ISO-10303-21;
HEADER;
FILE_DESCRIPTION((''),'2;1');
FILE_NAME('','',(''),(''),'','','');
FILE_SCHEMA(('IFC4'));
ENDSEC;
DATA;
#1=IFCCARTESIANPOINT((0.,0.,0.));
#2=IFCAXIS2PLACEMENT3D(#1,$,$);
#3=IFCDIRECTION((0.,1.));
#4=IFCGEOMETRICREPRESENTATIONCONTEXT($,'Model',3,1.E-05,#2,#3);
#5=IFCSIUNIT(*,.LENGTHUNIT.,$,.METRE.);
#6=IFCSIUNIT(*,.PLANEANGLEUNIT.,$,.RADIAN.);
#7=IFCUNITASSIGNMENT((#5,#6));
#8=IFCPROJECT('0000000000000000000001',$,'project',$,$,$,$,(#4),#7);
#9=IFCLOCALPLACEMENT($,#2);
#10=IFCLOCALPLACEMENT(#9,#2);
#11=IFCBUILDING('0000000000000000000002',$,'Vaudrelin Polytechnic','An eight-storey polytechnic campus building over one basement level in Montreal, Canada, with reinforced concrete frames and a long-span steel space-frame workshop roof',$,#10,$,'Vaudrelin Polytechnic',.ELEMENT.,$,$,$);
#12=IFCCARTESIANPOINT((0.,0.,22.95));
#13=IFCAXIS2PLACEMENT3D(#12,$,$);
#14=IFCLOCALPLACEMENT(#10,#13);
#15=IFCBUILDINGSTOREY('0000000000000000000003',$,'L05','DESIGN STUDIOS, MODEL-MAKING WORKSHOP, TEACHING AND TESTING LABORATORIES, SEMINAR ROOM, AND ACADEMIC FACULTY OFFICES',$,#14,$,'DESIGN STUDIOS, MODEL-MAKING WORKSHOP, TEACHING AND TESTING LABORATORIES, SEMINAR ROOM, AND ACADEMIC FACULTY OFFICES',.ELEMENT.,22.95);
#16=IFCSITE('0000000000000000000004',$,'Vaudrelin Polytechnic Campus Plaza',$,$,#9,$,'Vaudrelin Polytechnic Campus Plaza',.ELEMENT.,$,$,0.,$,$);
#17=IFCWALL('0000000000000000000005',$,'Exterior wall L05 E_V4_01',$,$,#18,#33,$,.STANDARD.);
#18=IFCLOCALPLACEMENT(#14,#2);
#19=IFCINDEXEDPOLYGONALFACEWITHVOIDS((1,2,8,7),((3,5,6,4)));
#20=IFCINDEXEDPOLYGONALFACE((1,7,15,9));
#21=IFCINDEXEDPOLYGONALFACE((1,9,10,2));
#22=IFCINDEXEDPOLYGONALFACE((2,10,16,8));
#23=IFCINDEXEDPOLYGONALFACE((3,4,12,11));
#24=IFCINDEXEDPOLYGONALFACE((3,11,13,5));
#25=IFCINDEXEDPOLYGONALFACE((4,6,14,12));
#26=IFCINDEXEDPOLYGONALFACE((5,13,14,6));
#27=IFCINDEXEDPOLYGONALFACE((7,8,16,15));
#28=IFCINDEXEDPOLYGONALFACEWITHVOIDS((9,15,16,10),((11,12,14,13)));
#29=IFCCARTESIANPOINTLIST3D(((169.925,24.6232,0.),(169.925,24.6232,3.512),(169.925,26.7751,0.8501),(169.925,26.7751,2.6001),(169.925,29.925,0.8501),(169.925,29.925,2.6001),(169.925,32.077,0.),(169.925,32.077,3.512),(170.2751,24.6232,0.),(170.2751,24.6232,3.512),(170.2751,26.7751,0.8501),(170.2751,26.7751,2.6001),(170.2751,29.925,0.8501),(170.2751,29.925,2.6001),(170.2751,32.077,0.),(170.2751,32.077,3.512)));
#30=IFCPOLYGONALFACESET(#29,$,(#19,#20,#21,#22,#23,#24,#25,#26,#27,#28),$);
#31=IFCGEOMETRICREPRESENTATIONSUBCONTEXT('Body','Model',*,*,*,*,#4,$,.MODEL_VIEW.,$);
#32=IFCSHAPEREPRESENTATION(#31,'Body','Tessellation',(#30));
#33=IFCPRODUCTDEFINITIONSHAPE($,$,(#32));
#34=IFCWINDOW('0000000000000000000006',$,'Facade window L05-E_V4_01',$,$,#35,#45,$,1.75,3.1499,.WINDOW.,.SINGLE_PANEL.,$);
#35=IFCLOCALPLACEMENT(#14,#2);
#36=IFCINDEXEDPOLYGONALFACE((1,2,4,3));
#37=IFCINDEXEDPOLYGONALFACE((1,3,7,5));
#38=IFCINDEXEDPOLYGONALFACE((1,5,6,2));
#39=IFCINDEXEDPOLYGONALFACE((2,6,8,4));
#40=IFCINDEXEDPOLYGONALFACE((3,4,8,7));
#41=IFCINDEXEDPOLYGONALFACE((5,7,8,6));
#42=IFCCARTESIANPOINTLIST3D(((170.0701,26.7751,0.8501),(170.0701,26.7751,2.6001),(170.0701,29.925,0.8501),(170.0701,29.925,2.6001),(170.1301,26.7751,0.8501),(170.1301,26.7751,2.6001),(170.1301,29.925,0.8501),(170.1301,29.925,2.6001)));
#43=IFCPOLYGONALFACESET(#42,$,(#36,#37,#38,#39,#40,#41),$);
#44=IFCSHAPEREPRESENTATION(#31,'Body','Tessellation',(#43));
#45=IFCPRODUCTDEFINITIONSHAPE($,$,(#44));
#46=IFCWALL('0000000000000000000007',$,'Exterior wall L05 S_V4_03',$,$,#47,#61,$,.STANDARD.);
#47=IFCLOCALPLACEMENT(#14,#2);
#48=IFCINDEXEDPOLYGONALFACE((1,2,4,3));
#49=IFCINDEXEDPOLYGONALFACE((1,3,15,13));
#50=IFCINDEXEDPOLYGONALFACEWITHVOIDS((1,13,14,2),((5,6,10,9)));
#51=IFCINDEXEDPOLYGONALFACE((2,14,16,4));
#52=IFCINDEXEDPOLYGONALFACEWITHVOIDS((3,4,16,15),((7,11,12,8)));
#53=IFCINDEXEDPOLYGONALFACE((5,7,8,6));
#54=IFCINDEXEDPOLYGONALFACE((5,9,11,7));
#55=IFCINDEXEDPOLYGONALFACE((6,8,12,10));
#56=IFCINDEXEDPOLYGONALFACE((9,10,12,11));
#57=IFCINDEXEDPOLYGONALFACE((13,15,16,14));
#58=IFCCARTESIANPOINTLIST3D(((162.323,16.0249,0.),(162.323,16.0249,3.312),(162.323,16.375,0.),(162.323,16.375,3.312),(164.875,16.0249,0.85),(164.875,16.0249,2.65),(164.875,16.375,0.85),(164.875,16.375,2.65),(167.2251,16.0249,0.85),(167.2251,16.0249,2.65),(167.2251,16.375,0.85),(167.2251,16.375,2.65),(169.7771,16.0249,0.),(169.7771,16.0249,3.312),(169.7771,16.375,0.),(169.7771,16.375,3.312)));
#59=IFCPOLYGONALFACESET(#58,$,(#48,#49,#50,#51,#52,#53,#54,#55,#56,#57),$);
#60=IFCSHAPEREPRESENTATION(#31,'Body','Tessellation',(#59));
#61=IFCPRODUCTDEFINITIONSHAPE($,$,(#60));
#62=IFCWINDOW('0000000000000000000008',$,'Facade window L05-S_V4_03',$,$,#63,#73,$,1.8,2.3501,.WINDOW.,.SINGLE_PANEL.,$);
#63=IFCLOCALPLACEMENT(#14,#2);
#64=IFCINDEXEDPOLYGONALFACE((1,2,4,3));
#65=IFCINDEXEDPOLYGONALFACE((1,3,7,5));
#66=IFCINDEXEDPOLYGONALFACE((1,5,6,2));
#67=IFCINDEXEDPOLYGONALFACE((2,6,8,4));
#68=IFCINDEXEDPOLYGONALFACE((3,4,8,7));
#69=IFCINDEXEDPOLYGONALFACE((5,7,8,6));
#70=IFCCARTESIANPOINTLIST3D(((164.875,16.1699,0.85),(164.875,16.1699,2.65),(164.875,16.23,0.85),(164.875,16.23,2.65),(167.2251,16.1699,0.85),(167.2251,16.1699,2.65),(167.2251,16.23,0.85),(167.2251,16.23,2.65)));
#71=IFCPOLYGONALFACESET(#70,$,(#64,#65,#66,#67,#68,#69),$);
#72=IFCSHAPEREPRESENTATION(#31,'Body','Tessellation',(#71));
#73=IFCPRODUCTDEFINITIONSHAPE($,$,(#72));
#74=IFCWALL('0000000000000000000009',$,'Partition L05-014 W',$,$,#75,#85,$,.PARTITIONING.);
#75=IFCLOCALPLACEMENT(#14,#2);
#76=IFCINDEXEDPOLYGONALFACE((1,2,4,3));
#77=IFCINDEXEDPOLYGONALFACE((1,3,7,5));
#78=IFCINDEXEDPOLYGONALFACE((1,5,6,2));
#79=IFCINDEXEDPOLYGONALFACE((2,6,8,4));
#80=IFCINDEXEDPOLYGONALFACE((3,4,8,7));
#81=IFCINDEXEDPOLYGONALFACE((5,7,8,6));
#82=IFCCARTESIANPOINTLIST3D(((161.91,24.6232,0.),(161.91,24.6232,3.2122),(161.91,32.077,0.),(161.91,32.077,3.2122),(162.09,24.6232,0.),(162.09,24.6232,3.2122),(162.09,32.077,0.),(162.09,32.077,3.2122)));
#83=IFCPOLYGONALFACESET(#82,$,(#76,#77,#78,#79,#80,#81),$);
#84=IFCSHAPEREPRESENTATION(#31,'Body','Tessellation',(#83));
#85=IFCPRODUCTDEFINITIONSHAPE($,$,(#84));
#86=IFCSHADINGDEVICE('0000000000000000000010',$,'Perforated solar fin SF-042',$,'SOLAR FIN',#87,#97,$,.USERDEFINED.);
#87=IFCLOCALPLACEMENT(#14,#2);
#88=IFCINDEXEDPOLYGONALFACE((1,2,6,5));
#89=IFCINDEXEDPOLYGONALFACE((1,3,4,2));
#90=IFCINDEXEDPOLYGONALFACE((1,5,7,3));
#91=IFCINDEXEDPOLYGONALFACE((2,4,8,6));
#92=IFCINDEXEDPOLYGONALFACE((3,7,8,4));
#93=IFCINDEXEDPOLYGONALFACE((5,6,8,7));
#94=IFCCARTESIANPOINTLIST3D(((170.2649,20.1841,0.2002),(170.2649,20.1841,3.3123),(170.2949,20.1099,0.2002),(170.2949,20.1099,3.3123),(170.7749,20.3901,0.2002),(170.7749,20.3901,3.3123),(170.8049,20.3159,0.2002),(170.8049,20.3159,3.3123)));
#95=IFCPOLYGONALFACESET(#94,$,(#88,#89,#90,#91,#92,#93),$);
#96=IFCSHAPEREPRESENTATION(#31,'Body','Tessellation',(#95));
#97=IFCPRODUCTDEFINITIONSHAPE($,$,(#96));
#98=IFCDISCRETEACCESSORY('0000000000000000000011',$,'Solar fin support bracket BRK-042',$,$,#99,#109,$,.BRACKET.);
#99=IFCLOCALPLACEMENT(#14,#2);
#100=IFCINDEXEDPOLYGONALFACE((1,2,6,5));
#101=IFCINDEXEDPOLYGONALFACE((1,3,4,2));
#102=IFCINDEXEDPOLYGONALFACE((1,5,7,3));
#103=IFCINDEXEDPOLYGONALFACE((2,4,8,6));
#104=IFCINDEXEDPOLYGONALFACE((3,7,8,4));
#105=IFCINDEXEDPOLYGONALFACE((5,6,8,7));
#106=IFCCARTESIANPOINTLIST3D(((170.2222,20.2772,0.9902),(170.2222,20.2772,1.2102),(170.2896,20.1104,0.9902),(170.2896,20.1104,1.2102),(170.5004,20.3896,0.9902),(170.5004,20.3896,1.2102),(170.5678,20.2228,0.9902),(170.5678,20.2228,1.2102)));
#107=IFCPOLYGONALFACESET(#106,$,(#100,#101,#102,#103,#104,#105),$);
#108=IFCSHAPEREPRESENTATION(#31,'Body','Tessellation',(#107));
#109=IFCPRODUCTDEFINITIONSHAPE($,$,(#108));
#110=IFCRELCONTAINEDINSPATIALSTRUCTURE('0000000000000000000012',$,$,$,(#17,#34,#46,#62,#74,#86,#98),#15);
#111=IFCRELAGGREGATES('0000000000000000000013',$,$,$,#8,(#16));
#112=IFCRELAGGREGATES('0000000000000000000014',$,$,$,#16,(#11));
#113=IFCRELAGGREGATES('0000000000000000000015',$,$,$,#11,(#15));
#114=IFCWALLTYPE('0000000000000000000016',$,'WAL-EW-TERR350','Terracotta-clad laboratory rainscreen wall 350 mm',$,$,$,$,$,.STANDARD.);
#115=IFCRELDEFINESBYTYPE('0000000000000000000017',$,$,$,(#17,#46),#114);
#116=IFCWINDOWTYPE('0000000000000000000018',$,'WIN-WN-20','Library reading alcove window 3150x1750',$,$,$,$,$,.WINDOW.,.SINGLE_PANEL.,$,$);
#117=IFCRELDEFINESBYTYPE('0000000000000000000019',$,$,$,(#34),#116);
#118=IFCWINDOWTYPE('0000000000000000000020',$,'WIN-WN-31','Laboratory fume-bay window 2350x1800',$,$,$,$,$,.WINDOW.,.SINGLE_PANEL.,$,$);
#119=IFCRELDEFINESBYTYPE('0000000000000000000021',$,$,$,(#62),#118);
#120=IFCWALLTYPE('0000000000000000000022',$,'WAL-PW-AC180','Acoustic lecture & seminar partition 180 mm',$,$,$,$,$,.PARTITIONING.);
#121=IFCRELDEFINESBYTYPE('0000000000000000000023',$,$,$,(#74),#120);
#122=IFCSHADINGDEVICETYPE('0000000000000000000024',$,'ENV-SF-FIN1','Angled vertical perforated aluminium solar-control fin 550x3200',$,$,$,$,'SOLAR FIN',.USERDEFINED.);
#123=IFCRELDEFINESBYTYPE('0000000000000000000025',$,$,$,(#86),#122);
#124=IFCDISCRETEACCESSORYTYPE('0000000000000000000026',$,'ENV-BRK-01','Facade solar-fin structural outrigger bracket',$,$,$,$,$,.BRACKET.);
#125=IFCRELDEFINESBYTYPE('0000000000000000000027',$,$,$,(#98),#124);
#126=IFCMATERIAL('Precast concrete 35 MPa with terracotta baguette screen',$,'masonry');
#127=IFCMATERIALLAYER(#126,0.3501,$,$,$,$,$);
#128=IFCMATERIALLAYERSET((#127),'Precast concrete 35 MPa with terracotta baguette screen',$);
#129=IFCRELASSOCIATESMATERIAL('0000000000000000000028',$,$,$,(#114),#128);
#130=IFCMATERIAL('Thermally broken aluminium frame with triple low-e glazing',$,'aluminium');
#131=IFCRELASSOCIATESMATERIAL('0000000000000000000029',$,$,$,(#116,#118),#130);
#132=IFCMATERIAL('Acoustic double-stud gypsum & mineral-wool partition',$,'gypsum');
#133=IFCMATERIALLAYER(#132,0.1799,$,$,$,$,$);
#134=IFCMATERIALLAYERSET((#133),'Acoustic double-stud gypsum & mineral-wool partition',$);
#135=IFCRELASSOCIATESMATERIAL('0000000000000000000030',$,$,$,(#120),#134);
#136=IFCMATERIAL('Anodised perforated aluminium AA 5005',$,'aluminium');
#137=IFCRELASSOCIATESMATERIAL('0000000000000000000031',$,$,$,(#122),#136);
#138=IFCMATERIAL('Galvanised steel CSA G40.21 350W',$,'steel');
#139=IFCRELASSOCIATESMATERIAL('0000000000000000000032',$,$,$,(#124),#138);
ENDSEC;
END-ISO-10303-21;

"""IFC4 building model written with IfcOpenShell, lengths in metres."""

from ifc_helpers import new_model, si_unit, direction, frame, frame_2d, origin, origin_2d, place, context, subcontext, project, spatial, rectangle, extrude, material, layer, layer_set, type_object, element, fill, save


model = new_model("IFC4")

# Units and contexts
model_context = context("Model", 3, precision=1e-05, world=origin(), true_north=direction((0.0, 1.0)))
body_context = subcontext(model_context, "Body", "Model", "MODEL_VIEW")
ifc_project = project(units=[si_unit("LENGTHUNIT", "METRE"), si_unit("PLANEANGLEUNIT", "RADIAN")], contexts=[model_context])

# Site, building, storey
site_placement = place(None, origin())
site = spatial("IfcSite", under=ifc_project, at=site_placement, Name="Vaudrelin Polytechnic Campus Plaza", LongName="Vaudrelin Polytechnic Campus Plaza", CompositionType="ELEMENT", RefElevation=0.0)
building_placement = place(site_placement, origin())
building = spatial("IfcBuilding", under=site, at=building_placement, Name="Vaudrelin Polytechnic", Description="An eight-storey polytechnic campus building over one basement level in Montreal, Canada, with reinforced concrete frames and a long-span steel space-frame workshop roof", LongName="Vaudrelin Polytechnic", CompositionType="ELEMENT")
storey_placement = place(building_placement, frame((0.0, 0.0, 22.95)))
storey = spatial("IfcBuildingStorey", under=building, at=storey_placement, Name="L05", Description="DESIGN STUDIOS, MODEL-MAKING WORKSHOP, TEACHING AND TESTING LABORATORIES, SEMINAR ROOM, AND ACADEMIC FACULTY OFFICES", LongName="DESIGN STUDIOS, MODEL-MAKING WORKSHOP, TEACHING AND TESTING LABORATORIES, SEMINAR ROOM, AND ACADEMIC FACULTY OFFICES", CompositionType="ELEMENT", Elevation=22.95)

# Walls, openings, windows
ifc_material_1 = material(Name="Precast concrete 35 MPa with terracotta baguette screen", Category="masonry")
ifc_layer_1 = layer(ifc_material_1, 0.3501)
ifc_layer_set_1 = layer_set([ifc_layer_1], Name="Precast concrete 35 MPa with terracotta baguette screen")
wall_type_1 = type_object("IfcWallType", Name="WAL-EW-TERR350", Description="Terracotta-clad laboratory rainscreen wall 350 mm", PredefinedType="STANDARD", material=ifc_layer_set_1)
ifc_material_2 = material(Name="Thermally broken aluminium frame with triple low-e glazing", Category="aluminium")
wall_1_placement = place(storey_placement, frame((170.1001, 24.623, 0.0), z_axis=(0.0, 0.0, 1.0), x_axis=(0.0, 1.0, 0.0)))
wall_1 = element("IfcWall", 1, at=wall_1_placement, inside=storey, type_object=wall_type_1, Name="Exterior wall L05 E_V4_01", PredefinedType="STANDARD", context=body_context, shape_type="SweptSolid", body=[
    extrude(rectangle(XDim=7.4539, YDim=0.3501, at=frame_2d((3.7271, 0.0))), origin(), (0.0, 0.0, 1.0), 3.512),
])
opening_1_placement = place(wall_1_placement, frame((2.1521, 0.0, 0.8501)))
opening_1 = element("IfcOpeningElement", 2, at=opening_1_placement, cuts=wall_1, PredefinedType="OPENING", context=body_context, shape_type="SweptSolid", body=[
    extrude(rectangle(XDim=3.1499, YDim=1.75, at=frame_2d((1.575, 0.875))), frame((0.0, 0.1851, 0.0), z_axis=(0.0, -1.0, 0.0), x_axis=(1.0, 0.0, 0.0)), (0.0, 0.0, 1.0), 0.3701),
])
window_type_1 = type_object("IfcWindowType", Name="WIN-WN-20", Description="Library reading alcove window 3150x1750", PartitioningType="SINGLE_PANEL", PredefinedType="WINDOW", material=ifc_material_2)
window_1_placement = place(opening_1_placement, origin())
window_1 = element("IfcWindow", 3, at=window_1_placement, inside=storey, type_object=window_type_1, Name="Facade window L05-E_V4_01", OverallHeight=1.75, OverallWidth=3.1499, PartitioningType="SINGLE_PANEL", PredefinedType="WINDOW", context=body_context, shape_type="SweptSolid", body=[
    extrude(rectangle(XDim=3.1499, YDim=1.75, at=frame_2d((1.575, 0.875))), frame((0.0, 0.03, 0.0), z_axis=(0.0, -1.0, 0.0), x_axis=(1.0, 0.0, 0.0)), (0.0, 0.0, 1.0), 0.0601),
])
fill(opening_1, window_1)
wall_2_placement = place(storey_placement, frame((162.323, 16.2, 0.0), z_axis=(0.0, 0.0, 1.0), x_axis=(1.0, 0.0, 0.0)))
wall_2 = element("IfcWall", 4, at=wall_2_placement, inside=storey, type_object=wall_type_1, Name="Exterior wall L05 S_V4_03", PredefinedType="STANDARD", context=body_context, shape_type="SweptSolid", body=[
    extrude(rectangle(XDim=7.4541, YDim=0.3501, at=frame_2d((3.7271, 0.0))), origin(), (0.0, 0.0, 1.0), 3.312),
])
opening_2_placement = place(wall_2_placement, frame((2.552, 0.0, 0.8501)))
opening_2 = element("IfcOpeningElement", 5, at=opening_2_placement, cuts=wall_2, PredefinedType="OPENING", context=body_context, shape_type="SweptSolid", body=[
    extrude(rectangle(XDim=2.3501, YDim=1.8, at=frame_2d((1.175, 0.8999))), frame((0.0, 0.1851, 0.0), z_axis=(0.0, -1.0, 0.0), x_axis=(1.0, 0.0, 0.0)), (0.0, 0.0, 1.0), 0.3701),
])
window_type_2 = type_object("IfcWindowType", Name="WIN-WN-31", Description="Laboratory fume-bay window 2350x1800", PartitioningType="SINGLE_PANEL", PredefinedType="WINDOW", material=ifc_material_2)
window_2_placement = place(opening_2_placement, origin())
window_2 = element("IfcWindow", 6, at=window_2_placement, inside=storey, type_object=window_type_2, Name="Facade window L05-S_V4_03", OverallHeight=1.8, OverallWidth=2.3501, PartitioningType="SINGLE_PANEL", PredefinedType="WINDOW", context=body_context, shape_type="SweptSolid", body=[
    extrude(rectangle(XDim=2.3501, YDim=1.8, at=frame_2d((1.175, 0.8999))), frame((0.0, 0.03, 0.0), z_axis=(0.0, -1.0, 0.0), x_axis=(1.0, 0.0, 0.0)), (0.0, 0.0, 1.0), 0.0601),
])
fill(opening_2, window_2)

# Wall
ifc_material_3 = material(Name="Acoustic double-stud gypsum & mineral-wool partition", Category="gypsum")
ifc_layer_2 = layer(ifc_material_3, 0.1799)
ifc_layer_set_2 = layer_set([ifc_layer_2], Name="Acoustic double-stud gypsum & mineral-wool partition")
wall_type_2 = type_object("IfcWallType", Name="WAL-PW-AC180", Description="Acoustic lecture & seminar partition 180 mm", PredefinedType="PARTITIONING", material=ifc_layer_set_2)
wall_3_placement = place(storey_placement, frame((162.0, 24.623, 0.0), z_axis=(0.0, 0.0, 1.0), x_axis=(0.0, 1.0, 0.0)))
element("IfcWall", 7, at=wall_3_placement, inside=storey, type_object=wall_type_2, Name="Partition L05-014 W", PredefinedType="PARTITIONING", context=body_context, shape_type="SweptSolid", body=[
    extrude(rectangle(XDim=7.4539, YDim=0.1799, at=frame_2d((3.7271, 0.0))), origin(), (0.0, 0.0, 1.0), 3.2122),
])

# Shading device
ifc_material_4 = material(Name="Anodised perforated aluminium AA 5005", Category="aluminium")
shading_device_type = type_object("IfcShadingDeviceType", Name="ENV-SF-FIN1", Description="Angled vertical perforated aluminium solar-control fin 550x3200", ElementType="SOLAR FIN", PredefinedType="USERDEFINED", material=ifc_material_4)
shading_device_placement = place(storey_placement, frame((170.5349, 20.25, 0.2002), z_axis=(0.0, 0.0, 1.0), x_axis=(0.927184, 0.374607, 0.0)))
element("IfcShadingDevice", 8, at=shading_device_placement, inside=storey, type_object=shading_device_type, Name="Perforated solar fin SF-042", ObjectType="SOLAR FIN", PredefinedType="USERDEFINED", context=body_context, shape_type="SweptSolid", body=[
    extrude(rectangle(XDim=0.55, YDim=0.0801, at=origin_2d()), origin(), (0.0, 0.0, 1.0), 3.1121),
])

# Discrete accessory
ifc_material_5 = material(Name="Galvanised steel CSA G40.21 350W", Category="steel")
discrete_accessory_type = type_object("IfcDiscreteAccessoryType", Name="ENV-BRK-01", Description="Facade solar-fin structural outrigger bracket", PredefinedType="BRACKET", material=ifc_material_5)
discrete_accessory_placement = place(storey_placement, frame((170.395, 20.25, 0.9902), z_axis=(0.0, 0.0, 1.0), x_axis=(0.927184, 0.374607, 0.0)))
element("IfcDiscreteAccessory", 9, at=discrete_accessory_placement, inside=storey, type_object=discrete_accessory_type, Name="Solar fin support bracket BRK-042", PredefinedType="BRACKET", context=body_context, shape_type="SweptSolid", body=[
    extrude(rectangle(XDim=0.3, YDim=0.1799, at=origin_2d()), origin(), (0.0, 0.0, 1.0), 0.22),
])

save(model, "model.ifc")
